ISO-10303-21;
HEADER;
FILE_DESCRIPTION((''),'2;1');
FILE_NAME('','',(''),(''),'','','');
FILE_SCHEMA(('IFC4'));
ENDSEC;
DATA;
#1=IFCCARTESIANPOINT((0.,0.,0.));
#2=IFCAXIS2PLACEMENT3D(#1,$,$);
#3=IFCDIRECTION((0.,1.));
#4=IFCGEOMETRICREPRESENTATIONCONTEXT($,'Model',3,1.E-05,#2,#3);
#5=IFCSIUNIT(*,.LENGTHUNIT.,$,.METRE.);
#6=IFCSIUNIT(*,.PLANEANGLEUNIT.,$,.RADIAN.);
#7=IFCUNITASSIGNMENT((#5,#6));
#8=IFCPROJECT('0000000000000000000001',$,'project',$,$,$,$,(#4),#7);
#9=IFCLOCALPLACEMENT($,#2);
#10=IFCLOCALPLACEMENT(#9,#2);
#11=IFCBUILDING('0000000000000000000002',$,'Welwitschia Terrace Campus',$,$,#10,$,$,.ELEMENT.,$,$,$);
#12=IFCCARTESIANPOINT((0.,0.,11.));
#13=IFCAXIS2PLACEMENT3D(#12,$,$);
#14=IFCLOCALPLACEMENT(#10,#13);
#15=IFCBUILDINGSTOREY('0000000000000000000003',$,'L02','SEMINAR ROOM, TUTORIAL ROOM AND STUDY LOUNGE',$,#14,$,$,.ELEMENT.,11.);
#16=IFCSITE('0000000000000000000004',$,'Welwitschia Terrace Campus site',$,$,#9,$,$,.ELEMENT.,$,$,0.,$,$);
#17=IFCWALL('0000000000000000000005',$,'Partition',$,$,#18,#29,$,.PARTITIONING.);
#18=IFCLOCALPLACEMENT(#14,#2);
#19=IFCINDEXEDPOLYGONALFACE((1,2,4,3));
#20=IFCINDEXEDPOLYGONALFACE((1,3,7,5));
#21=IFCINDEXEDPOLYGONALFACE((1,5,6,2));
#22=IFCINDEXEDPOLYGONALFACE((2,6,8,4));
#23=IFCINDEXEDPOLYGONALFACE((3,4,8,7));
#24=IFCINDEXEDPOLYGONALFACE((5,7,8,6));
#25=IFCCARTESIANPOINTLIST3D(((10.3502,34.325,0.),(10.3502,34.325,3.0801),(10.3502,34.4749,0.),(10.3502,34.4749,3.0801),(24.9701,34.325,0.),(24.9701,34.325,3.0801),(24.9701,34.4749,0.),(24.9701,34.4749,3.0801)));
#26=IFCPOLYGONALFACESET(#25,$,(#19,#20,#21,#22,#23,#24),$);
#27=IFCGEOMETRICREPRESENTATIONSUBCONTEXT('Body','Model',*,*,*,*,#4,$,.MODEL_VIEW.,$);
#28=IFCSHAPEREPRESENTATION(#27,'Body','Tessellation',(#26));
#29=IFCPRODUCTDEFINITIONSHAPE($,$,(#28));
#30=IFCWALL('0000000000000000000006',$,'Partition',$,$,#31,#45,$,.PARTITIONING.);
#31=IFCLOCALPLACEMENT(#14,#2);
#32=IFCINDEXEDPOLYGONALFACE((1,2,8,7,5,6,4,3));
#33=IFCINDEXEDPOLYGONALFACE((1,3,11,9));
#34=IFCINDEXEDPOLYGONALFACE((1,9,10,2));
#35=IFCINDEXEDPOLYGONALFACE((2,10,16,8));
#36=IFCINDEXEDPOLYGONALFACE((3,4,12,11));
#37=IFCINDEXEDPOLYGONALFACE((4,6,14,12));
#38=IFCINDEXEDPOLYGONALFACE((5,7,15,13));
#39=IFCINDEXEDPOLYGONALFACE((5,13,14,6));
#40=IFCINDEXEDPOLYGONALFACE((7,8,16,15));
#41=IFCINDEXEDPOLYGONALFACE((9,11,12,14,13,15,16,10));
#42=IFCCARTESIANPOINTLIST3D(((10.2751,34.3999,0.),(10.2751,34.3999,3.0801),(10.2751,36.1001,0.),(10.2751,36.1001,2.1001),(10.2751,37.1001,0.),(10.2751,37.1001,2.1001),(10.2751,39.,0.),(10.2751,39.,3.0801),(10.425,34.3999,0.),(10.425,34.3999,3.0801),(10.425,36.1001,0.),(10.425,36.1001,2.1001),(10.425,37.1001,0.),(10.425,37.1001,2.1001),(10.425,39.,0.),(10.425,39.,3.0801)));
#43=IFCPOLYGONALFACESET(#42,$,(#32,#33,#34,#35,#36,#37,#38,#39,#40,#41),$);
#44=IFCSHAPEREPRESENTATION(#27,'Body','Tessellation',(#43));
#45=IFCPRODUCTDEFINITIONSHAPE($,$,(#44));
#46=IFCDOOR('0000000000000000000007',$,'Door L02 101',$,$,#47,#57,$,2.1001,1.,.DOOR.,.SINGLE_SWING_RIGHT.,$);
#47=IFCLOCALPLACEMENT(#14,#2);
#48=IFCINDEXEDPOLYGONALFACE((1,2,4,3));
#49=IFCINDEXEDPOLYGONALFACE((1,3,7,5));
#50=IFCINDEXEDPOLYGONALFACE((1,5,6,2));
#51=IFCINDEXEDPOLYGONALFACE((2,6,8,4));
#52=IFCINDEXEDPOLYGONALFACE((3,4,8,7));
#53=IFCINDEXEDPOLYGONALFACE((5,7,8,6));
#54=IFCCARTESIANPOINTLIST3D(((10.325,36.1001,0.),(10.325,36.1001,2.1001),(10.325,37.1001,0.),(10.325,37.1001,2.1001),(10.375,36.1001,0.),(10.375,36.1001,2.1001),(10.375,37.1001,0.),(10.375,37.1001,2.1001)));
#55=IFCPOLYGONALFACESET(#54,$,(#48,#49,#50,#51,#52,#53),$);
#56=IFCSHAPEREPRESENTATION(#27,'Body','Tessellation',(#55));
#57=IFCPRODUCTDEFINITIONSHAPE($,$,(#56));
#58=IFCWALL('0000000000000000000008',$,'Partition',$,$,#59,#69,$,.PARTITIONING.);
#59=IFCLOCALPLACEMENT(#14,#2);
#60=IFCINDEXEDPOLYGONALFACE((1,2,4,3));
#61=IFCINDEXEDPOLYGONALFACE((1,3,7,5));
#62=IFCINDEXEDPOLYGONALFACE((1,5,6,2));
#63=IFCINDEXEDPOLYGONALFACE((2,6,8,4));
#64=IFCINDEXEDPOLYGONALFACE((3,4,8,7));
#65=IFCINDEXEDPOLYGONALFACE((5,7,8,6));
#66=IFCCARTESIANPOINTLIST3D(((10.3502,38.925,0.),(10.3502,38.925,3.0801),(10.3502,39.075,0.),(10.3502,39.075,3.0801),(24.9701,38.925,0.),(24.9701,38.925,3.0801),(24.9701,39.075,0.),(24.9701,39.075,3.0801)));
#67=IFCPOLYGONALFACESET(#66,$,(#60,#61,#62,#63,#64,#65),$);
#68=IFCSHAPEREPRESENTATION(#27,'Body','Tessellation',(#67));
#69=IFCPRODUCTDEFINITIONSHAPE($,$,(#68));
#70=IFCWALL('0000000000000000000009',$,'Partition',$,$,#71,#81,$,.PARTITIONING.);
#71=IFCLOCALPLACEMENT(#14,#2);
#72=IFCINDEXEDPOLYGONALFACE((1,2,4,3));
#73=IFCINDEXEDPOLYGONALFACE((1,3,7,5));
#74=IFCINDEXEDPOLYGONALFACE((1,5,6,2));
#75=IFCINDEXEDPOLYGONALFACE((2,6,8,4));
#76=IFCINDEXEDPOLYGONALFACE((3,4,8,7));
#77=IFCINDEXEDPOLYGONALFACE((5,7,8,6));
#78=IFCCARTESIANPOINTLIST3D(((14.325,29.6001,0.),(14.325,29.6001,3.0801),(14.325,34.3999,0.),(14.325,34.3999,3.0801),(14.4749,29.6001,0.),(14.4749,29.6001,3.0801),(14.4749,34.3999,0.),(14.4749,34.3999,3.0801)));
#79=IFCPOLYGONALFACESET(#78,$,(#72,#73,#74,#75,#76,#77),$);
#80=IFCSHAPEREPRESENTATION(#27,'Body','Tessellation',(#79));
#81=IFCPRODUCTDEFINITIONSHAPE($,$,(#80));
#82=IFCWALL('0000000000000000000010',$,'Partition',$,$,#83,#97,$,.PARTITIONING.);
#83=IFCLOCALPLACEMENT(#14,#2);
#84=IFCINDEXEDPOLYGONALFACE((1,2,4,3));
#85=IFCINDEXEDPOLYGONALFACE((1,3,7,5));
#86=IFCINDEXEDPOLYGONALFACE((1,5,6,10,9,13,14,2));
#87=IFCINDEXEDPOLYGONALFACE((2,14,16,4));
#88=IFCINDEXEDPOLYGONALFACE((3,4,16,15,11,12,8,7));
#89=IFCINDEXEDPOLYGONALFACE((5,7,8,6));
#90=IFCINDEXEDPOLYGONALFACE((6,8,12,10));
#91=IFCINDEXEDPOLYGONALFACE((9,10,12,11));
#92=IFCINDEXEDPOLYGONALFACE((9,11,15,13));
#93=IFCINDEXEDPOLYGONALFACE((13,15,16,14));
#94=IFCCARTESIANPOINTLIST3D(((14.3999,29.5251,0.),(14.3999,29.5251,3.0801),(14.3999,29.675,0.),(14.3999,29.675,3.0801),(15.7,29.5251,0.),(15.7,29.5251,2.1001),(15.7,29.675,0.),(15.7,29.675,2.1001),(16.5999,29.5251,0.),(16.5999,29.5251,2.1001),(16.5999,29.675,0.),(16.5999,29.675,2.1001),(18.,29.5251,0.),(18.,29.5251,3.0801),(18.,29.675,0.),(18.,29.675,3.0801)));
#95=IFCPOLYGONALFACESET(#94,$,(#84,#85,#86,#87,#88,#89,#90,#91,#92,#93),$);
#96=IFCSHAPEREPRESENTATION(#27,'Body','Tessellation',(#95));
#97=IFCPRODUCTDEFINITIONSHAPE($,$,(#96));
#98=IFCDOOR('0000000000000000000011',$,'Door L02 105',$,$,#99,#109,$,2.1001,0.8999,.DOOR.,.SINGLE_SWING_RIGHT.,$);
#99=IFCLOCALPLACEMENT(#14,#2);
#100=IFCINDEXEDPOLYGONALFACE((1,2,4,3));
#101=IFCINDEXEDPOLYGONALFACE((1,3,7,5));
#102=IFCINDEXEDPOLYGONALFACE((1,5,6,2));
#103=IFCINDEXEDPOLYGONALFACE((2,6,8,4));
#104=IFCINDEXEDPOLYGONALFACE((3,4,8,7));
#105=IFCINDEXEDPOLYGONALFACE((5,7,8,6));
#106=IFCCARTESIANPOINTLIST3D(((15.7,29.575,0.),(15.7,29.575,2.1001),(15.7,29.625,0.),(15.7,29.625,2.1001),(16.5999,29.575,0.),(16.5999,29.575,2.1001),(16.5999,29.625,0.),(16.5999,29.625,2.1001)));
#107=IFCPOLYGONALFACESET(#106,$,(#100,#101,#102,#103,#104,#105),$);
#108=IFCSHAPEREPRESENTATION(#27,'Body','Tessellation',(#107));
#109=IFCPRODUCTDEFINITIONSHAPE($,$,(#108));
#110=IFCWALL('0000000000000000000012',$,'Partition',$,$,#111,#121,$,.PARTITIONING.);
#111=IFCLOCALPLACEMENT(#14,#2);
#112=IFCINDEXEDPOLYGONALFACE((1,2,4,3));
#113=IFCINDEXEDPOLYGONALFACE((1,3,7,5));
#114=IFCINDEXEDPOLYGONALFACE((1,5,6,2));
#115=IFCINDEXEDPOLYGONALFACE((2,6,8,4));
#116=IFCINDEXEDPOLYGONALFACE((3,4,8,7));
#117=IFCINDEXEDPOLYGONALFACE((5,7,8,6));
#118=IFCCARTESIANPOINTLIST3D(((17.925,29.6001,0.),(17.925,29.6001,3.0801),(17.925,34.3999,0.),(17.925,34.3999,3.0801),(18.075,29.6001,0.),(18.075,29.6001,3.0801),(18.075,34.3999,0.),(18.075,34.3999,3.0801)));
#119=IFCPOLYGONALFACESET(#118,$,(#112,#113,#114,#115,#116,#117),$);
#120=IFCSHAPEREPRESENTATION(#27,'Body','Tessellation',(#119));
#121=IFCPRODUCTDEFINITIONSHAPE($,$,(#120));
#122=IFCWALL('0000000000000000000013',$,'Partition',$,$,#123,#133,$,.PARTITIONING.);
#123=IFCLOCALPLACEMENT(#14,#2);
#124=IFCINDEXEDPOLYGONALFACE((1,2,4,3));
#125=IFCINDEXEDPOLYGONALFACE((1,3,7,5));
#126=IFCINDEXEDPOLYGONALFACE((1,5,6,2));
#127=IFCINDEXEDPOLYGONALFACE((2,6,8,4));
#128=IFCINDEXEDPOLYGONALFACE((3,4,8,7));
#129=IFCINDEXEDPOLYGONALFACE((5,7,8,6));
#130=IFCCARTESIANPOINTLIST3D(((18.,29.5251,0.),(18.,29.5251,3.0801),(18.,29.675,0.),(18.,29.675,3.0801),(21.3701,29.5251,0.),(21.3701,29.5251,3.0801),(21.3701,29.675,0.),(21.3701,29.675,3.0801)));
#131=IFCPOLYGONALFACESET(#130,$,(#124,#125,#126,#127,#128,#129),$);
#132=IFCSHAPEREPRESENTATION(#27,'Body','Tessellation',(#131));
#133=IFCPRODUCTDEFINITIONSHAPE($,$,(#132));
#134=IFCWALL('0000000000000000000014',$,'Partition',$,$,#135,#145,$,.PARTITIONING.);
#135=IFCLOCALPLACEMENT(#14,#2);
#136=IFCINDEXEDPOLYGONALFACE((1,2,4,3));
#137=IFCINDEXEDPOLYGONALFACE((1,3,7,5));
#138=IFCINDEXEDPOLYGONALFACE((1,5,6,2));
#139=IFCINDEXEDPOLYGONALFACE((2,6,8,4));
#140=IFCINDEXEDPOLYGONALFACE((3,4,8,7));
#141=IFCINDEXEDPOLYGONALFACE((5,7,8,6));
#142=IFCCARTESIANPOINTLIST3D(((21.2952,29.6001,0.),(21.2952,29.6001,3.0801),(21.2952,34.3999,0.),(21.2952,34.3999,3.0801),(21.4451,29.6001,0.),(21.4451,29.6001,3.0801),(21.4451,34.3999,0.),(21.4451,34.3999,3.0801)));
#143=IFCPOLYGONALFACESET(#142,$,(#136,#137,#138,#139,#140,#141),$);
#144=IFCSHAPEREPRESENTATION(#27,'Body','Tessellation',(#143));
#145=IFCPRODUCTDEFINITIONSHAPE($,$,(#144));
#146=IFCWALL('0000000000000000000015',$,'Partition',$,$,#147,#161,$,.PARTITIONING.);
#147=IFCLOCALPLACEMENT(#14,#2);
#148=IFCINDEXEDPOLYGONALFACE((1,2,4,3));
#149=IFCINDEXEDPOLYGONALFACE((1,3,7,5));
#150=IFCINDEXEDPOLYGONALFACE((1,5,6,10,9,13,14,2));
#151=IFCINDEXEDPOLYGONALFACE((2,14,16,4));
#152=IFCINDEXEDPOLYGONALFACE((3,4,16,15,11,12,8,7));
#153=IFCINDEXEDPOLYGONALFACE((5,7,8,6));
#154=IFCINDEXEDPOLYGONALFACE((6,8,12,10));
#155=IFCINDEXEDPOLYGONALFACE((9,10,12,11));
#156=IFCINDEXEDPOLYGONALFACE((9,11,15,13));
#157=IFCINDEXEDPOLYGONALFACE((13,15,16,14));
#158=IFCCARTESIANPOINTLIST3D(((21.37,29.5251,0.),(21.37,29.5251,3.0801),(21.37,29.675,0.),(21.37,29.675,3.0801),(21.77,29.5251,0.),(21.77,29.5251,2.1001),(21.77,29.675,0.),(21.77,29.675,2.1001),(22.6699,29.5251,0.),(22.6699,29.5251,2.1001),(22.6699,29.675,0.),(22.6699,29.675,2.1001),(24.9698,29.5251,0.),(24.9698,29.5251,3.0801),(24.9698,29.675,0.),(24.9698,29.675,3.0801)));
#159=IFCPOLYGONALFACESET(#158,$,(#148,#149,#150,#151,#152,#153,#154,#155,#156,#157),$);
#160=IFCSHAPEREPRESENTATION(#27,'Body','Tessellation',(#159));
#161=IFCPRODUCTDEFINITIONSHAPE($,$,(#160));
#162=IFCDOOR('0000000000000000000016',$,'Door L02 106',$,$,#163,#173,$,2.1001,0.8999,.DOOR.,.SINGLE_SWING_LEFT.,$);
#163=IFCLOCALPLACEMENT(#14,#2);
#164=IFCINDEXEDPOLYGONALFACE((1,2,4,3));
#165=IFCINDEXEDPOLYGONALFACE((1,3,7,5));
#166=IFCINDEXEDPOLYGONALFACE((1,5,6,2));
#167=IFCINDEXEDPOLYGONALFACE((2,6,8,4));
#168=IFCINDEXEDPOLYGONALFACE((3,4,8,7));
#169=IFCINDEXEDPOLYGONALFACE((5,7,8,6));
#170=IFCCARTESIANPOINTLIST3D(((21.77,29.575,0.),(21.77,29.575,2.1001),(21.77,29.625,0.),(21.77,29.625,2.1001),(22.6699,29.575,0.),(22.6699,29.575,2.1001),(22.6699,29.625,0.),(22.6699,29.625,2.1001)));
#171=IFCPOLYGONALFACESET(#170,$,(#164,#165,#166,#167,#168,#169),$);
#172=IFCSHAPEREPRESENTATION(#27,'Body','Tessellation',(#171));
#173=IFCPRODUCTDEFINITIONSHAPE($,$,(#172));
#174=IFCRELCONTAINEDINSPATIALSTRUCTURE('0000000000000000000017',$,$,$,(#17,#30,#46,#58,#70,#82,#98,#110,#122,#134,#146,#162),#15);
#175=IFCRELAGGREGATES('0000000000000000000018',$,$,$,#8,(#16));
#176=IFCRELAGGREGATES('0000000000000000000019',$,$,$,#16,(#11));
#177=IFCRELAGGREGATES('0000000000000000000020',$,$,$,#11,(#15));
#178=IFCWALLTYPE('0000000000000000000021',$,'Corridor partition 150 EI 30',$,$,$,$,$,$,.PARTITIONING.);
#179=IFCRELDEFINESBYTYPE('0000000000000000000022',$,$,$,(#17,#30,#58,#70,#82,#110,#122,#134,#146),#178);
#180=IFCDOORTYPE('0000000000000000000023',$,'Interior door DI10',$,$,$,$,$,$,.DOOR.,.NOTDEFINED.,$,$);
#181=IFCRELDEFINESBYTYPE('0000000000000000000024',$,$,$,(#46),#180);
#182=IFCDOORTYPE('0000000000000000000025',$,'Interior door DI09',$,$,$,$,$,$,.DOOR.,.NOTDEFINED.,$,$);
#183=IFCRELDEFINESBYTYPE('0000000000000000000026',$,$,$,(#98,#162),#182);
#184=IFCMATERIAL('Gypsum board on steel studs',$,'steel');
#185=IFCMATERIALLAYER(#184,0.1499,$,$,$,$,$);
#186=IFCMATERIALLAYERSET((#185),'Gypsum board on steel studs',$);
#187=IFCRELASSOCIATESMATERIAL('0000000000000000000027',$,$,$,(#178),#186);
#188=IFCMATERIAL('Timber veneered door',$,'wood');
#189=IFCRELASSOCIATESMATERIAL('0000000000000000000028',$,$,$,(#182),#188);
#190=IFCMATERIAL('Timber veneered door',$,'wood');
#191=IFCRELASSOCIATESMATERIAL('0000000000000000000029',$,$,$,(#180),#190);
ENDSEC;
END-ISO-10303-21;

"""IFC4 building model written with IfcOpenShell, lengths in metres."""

from ifc_helpers import new_model, si_unit, direction, frame, frame_2d, origin, place, context, subcontext, project, spatial, rectangle, extrude, material, layer, layer_set, type_object, element, fill, save


model = new_model("IFC4")

# Units and contexts
model_context = context("Model", 3, precision=1e-05, world=origin(), true_north=direction((0.0, 1.0)))
body_context = subcontext(model_context, "Body", "Model", "MODEL_VIEW")
ifc_project = project(units=[si_unit("LENGTHUNIT", "METRE"), si_unit("PLANEANGLEUNIT", "RADIAN")], contexts=[model_context])

# Site, building, storey
site_placement = place(None, origin())
site = spatial("IfcSite", under=ifc_project, at=site_placement, Name="Welwitschia Terrace Campus site", CompositionType="ELEMENT", RefElevation=0.0)
building_placement = place(site_placement, origin())
building = spatial("IfcBuilding", under=site, at=building_placement, Name="Welwitschia Terrace Campus", CompositionType="ELEMENT")
storey_placement = place(building_placement, frame((0.0, 0.0, 11.0)))
storey = spatial("IfcBuildingStorey", under=building, at=storey_placement, Name="L02", Description="SEMINAR ROOM, TUTORIAL ROOM AND STUDY LOUNGE", CompositionType="ELEMENT", Elevation=11.0)

# Shared definitions
ifc_material_1 = material(Name="Gypsum board on steel studs", Category="steel")
ifc_layer_1 = layer(ifc_material_1, 0.1499)
ifc_layer_set_1 = layer_set([ifc_layer_1], Name="Gypsum board on steel studs")
wall_type_1 = type_object("IfcWallType", Name="Corridor partition 150 EI 30", PredefinedType="PARTITIONING", material=ifc_layer_set_1)
ifc_material_2 = material(Name="Timber veneered door", Category="wood")
door_type_1 = type_object("IfcDoorType", Name="Interior door DI09", OperationType="NOTDEFINED", PredefinedType="DOOR", material=ifc_material_2)
ifc_material_3 = material(Name="Timber veneered door", Category="wood")
door_type_2 = type_object("IfcDoorType", Name="Interior door DI10", OperationType="NOTDEFINED", PredefinedType="DOOR", material=ifc_material_3)

# Wall
wall_1_placement = place(storey_placement, frame((10.3501, 34.3999, 0.0), z_axis=(0.0, 0.0, 1.0), x_axis=(1.0, 0.0, 0.0)))
element("IfcWall", 1, at=wall_1_placement, inside=storey, type_object=wall_type_1, Name="Partition", PredefinedType="PARTITIONING", context=body_context, shape_type="SweptSolid", body=[
    extrude(rectangle(XDim=14.6199, YDim=0.1499, at=frame_2d((7.3101, 0.0))), origin(), (0.0, 0.0, 1.0), 3.0801),
])

# Wall, opening, door
wall_2_placement = place(storey_placement, frame((10.3501, 39.0, 0.0), z_axis=(0.0, 0.0, 1.0), x_axis=(0.0, -1.0, 0.0)))
wall_2 = element("IfcWall", 2, at=wall_2_placement, inside=storey, type_object=wall_type_1, Name="Partition", PredefinedType="PARTITIONING", context=body_context, shape_type="SweptSolid", body=[
    extrude(rectangle(XDim=4.6001, YDim=0.1499, at=frame_2d((2.3, 0.0))), origin(), (0.0, 0.0, 1.0), 3.0801),
])
opening_1_placement = place(wall_2_placement, frame((1.8999, 0.0, 0.0)))
opening_1 = element("IfcOpeningElement", 3, at=opening_1_placement, cuts=wall_2, PredefinedType="OPENING", context=body_context, shape_type="SweptSolid", body=[
    extrude(rectangle(XDim=1.0, YDim=2.1001, at=frame_2d((0.5, 1.05))), frame((0.0, 0.085, 0.0), z_axis=(0.0, -1.0, 0.0), x_axis=(1.0, 0.0, 0.0)), (0.0, 0.0, 1.0), 0.1699),
])
door_1_placement = place(opening_1_placement, origin())
door_1 = element("IfcDoor", 4, at=door_1_placement, inside=storey, type_object=door_type_2, Name="Door L02 101", OperationType="SINGLE_SWING_RIGHT", OverallHeight=2.1001, OverallWidth=1.0, PredefinedType="DOOR", context=body_context, shape_type="SweptSolid", body=[
    extrude(rectangle(XDim=1.0, YDim=2.1001, at=frame_2d((0.5, 1.05))), frame((0.0, 0.0249, 0.0), z_axis=(0.0, -1.0, 0.0), x_axis=(1.0, 0.0, 0.0)), (0.0, 0.0, 1.0), 0.05),
])
fill(opening_1, door_1)

# Walls
wall_3_placement = place(storey_placement, frame((10.3501, 39.0, 0.0), z_axis=(0.0, 0.0, 1.0), x_axis=(1.0, 0.0, 0.0)))
element("IfcWall", 5, at=wall_3_placement, inside=storey, type_object=wall_type_1, Name="Partition", PredefinedType="PARTITIONING", context=body_context, shape_type="SweptSolid", body=[
    extrude(rectangle(XDim=14.6199, YDim=0.1499, at=frame_2d((7.3101, 0.0))), origin(), (0.0, 0.0, 1.0), 3.0801),
])
wall_4_placement = place(storey_placement, frame((14.3999, 29.6001, 0.0), z_axis=(0.0, 0.0, 1.0), x_axis=(0.0, 1.0, 0.0)))
element("IfcWall", 6, at=wall_4_placement, inside=storey, type_object=wall_type_1, Name="Partition", PredefinedType="PARTITIONING", context=body_context, shape_type="SweptSolid", body=[
    extrude(rectangle(XDim=4.7998, YDim=0.1499, at=frame_2d((2.3999, 0.0))), origin(), (0.0, 0.0, 1.0), 3.0801),
])

# Wall, opening, door
wall_5_placement = place(storey_placement, frame((14.3999, 29.6001, 0.0), z_axis=(0.0, 0.0, 1.0), x_axis=(1.0, 0.0, 0.0)))
wall_5 = element("IfcWall", 7, at=wall_5_placement, inside=storey, type_object=wall_type_1, Name="Partition", PredefinedType="PARTITIONING", context=body_context, shape_type="SweptSolid", body=[
    extrude(rectangle(XDim=3.6001, YDim=0.1499, at=frame_2d((1.8, 0.0))), origin(), (0.0, 0.0, 1.0), 3.0801),
])
opening_2_placement = place(wall_5_placement, frame((1.3, 0.0, 0.0)))
opening_2 = element("IfcOpeningElement", 8, at=opening_2_placement, cuts=wall_5, PredefinedType="OPENING", context=body_context, shape_type="SweptSolid", body=[
    extrude(rectangle(XDim=0.8999, YDim=2.1001, at=frame_2d((0.45, 1.05))), frame((0.0, 0.085, 0.0), z_axis=(0.0, -1.0, 0.0), x_axis=(1.0, 0.0, 0.0)), (0.0, 0.0, 1.0), 0.1699),
])
door_2_placement = place(opening_2_placement, origin())
door_2 = element("IfcDoor", 9, at=door_2_placement, inside=storey, type_object=door_type_1, Name="Door L02 105", OperationType="SINGLE_SWING_RIGHT", OverallHeight=2.1001, OverallWidth=0.8999, PredefinedType="DOOR", context=body_context, shape_type="SweptSolid", body=[
    extrude(rectangle(XDim=0.8999, YDim=2.1001, at=frame_2d((0.45, 1.05))), frame((0.0, 0.0249, 0.0), z_axis=(0.0, -1.0, 0.0), x_axis=(1.0, 0.0, 0.0)), (0.0, 0.0, 1.0), 0.05),
])
fill(opening_2, door_2)

# Walls
wall_6_placement = place(storey_placement, frame((18.0, 29.6001, 0.0), z_axis=(0.0, 0.0, 1.0), x_axis=(0.0, 1.0, 0.0)))
element("IfcWall", 10, at=wall_6_placement, inside=storey, type_object=wall_type_1, Name="Partition", PredefinedType="PARTITIONING", context=body_context, shape_type="SweptSolid", body=[
    extrude(rectangle(XDim=4.7998, YDim=0.1499, at=frame_2d((2.3999, 0.0))), origin(), (0.0, 0.0, 1.0), 3.0801),
])
wall_7_placement = place(storey_placement, frame((18.0, 29.6001, 0.0), z_axis=(0.0, 0.0, 1.0), x_axis=(1.0, 0.0, 0.0)))
element("IfcWall", 11, at=wall_7_placement, inside=storey, type_object=wall_type_1, Name="Partition", PredefinedType="PARTITIONING", context=body_context, shape_type="SweptSolid", body=[
    extrude(rectangle(XDim=3.3701, YDim=0.1499, at=frame_2d((1.6851, 0.0))), origin(), (0.0, 0.0, 1.0), 3.0801),
])
wall_8_placement = place(storey_placement, frame((21.3701, 29.6001, 0.0), z_axis=(0.0, 0.0, 1.0), x_axis=(0.0, 1.0, 0.0)))
element("IfcWall", 12, at=wall_8_placement, inside=storey, type_object=wall_type_1, Name="Partition", PredefinedType="PARTITIONING", context=body_context, shape_type="SweptSolid", body=[
    extrude(rectangle(XDim=4.7998, YDim=0.1499, at=frame_2d((2.3999, 0.0))), origin(), (0.0, 0.0, 1.0), 3.0801),
])

# Wall, opening, door
wall_9_placement = place(storey_placement, frame((21.3701, 29.6001, 0.0), z_axis=(0.0, 0.0, 1.0), x_axis=(1.0, 0.0, 0.0)))
wall_9 = element("IfcWall", 13, at=wall_9_placement, inside=storey, type_object=wall_type_1, Name="Partition", PredefinedType="PARTITIONING", context=body_context, shape_type="SweptSolid", body=[
    extrude(rectangle(XDim=3.5999, YDim=0.1499, at=frame_2d((1.7998, 0.0))), origin(), (0.0, 0.0, 1.0), 3.0801),
])
opening_3_placement = place(wall_9_placement, frame((0.3999, 0.0, 0.0)))
opening_3 = element("IfcOpeningElement", 14, at=opening_3_placement, cuts=wall_9, PredefinedType="OPENING", context=body_context, shape_type="SweptSolid", body=[
    extrude(rectangle(XDim=0.8999, YDim=2.1001, at=frame_2d((0.45, 1.05))), frame((0.0, 0.085, 0.0), z_axis=(0.0, -1.0, 0.0), x_axis=(1.0, 0.0, 0.0)), (0.0, 0.0, 1.0), 0.1699),
])
door_3_placement = place(opening_3_placement, origin())
door_3 = element("IfcDoor", 15, at=door_3_placement, inside=storey, type_object=door_type_1, Name="Door L02 106", OperationType="SINGLE_SWING_LEFT", OverallHeight=2.1001, OverallWidth=0.8999, PredefinedType="DOOR", context=body_context, shape_type="SweptSolid", body=[
    extrude(rectangle(XDim=0.8999, YDim=2.1001, at=frame_2d((0.45, 1.05))), frame((0.0, 0.0249, 0.0), z_axis=(0.0, -1.0, 0.0), x_axis=(1.0, 0.0, 0.0)), (0.0, 0.0, 1.0), 0.05),
])
fill(opening_3, door_3)

save(model, "model.ifc")
